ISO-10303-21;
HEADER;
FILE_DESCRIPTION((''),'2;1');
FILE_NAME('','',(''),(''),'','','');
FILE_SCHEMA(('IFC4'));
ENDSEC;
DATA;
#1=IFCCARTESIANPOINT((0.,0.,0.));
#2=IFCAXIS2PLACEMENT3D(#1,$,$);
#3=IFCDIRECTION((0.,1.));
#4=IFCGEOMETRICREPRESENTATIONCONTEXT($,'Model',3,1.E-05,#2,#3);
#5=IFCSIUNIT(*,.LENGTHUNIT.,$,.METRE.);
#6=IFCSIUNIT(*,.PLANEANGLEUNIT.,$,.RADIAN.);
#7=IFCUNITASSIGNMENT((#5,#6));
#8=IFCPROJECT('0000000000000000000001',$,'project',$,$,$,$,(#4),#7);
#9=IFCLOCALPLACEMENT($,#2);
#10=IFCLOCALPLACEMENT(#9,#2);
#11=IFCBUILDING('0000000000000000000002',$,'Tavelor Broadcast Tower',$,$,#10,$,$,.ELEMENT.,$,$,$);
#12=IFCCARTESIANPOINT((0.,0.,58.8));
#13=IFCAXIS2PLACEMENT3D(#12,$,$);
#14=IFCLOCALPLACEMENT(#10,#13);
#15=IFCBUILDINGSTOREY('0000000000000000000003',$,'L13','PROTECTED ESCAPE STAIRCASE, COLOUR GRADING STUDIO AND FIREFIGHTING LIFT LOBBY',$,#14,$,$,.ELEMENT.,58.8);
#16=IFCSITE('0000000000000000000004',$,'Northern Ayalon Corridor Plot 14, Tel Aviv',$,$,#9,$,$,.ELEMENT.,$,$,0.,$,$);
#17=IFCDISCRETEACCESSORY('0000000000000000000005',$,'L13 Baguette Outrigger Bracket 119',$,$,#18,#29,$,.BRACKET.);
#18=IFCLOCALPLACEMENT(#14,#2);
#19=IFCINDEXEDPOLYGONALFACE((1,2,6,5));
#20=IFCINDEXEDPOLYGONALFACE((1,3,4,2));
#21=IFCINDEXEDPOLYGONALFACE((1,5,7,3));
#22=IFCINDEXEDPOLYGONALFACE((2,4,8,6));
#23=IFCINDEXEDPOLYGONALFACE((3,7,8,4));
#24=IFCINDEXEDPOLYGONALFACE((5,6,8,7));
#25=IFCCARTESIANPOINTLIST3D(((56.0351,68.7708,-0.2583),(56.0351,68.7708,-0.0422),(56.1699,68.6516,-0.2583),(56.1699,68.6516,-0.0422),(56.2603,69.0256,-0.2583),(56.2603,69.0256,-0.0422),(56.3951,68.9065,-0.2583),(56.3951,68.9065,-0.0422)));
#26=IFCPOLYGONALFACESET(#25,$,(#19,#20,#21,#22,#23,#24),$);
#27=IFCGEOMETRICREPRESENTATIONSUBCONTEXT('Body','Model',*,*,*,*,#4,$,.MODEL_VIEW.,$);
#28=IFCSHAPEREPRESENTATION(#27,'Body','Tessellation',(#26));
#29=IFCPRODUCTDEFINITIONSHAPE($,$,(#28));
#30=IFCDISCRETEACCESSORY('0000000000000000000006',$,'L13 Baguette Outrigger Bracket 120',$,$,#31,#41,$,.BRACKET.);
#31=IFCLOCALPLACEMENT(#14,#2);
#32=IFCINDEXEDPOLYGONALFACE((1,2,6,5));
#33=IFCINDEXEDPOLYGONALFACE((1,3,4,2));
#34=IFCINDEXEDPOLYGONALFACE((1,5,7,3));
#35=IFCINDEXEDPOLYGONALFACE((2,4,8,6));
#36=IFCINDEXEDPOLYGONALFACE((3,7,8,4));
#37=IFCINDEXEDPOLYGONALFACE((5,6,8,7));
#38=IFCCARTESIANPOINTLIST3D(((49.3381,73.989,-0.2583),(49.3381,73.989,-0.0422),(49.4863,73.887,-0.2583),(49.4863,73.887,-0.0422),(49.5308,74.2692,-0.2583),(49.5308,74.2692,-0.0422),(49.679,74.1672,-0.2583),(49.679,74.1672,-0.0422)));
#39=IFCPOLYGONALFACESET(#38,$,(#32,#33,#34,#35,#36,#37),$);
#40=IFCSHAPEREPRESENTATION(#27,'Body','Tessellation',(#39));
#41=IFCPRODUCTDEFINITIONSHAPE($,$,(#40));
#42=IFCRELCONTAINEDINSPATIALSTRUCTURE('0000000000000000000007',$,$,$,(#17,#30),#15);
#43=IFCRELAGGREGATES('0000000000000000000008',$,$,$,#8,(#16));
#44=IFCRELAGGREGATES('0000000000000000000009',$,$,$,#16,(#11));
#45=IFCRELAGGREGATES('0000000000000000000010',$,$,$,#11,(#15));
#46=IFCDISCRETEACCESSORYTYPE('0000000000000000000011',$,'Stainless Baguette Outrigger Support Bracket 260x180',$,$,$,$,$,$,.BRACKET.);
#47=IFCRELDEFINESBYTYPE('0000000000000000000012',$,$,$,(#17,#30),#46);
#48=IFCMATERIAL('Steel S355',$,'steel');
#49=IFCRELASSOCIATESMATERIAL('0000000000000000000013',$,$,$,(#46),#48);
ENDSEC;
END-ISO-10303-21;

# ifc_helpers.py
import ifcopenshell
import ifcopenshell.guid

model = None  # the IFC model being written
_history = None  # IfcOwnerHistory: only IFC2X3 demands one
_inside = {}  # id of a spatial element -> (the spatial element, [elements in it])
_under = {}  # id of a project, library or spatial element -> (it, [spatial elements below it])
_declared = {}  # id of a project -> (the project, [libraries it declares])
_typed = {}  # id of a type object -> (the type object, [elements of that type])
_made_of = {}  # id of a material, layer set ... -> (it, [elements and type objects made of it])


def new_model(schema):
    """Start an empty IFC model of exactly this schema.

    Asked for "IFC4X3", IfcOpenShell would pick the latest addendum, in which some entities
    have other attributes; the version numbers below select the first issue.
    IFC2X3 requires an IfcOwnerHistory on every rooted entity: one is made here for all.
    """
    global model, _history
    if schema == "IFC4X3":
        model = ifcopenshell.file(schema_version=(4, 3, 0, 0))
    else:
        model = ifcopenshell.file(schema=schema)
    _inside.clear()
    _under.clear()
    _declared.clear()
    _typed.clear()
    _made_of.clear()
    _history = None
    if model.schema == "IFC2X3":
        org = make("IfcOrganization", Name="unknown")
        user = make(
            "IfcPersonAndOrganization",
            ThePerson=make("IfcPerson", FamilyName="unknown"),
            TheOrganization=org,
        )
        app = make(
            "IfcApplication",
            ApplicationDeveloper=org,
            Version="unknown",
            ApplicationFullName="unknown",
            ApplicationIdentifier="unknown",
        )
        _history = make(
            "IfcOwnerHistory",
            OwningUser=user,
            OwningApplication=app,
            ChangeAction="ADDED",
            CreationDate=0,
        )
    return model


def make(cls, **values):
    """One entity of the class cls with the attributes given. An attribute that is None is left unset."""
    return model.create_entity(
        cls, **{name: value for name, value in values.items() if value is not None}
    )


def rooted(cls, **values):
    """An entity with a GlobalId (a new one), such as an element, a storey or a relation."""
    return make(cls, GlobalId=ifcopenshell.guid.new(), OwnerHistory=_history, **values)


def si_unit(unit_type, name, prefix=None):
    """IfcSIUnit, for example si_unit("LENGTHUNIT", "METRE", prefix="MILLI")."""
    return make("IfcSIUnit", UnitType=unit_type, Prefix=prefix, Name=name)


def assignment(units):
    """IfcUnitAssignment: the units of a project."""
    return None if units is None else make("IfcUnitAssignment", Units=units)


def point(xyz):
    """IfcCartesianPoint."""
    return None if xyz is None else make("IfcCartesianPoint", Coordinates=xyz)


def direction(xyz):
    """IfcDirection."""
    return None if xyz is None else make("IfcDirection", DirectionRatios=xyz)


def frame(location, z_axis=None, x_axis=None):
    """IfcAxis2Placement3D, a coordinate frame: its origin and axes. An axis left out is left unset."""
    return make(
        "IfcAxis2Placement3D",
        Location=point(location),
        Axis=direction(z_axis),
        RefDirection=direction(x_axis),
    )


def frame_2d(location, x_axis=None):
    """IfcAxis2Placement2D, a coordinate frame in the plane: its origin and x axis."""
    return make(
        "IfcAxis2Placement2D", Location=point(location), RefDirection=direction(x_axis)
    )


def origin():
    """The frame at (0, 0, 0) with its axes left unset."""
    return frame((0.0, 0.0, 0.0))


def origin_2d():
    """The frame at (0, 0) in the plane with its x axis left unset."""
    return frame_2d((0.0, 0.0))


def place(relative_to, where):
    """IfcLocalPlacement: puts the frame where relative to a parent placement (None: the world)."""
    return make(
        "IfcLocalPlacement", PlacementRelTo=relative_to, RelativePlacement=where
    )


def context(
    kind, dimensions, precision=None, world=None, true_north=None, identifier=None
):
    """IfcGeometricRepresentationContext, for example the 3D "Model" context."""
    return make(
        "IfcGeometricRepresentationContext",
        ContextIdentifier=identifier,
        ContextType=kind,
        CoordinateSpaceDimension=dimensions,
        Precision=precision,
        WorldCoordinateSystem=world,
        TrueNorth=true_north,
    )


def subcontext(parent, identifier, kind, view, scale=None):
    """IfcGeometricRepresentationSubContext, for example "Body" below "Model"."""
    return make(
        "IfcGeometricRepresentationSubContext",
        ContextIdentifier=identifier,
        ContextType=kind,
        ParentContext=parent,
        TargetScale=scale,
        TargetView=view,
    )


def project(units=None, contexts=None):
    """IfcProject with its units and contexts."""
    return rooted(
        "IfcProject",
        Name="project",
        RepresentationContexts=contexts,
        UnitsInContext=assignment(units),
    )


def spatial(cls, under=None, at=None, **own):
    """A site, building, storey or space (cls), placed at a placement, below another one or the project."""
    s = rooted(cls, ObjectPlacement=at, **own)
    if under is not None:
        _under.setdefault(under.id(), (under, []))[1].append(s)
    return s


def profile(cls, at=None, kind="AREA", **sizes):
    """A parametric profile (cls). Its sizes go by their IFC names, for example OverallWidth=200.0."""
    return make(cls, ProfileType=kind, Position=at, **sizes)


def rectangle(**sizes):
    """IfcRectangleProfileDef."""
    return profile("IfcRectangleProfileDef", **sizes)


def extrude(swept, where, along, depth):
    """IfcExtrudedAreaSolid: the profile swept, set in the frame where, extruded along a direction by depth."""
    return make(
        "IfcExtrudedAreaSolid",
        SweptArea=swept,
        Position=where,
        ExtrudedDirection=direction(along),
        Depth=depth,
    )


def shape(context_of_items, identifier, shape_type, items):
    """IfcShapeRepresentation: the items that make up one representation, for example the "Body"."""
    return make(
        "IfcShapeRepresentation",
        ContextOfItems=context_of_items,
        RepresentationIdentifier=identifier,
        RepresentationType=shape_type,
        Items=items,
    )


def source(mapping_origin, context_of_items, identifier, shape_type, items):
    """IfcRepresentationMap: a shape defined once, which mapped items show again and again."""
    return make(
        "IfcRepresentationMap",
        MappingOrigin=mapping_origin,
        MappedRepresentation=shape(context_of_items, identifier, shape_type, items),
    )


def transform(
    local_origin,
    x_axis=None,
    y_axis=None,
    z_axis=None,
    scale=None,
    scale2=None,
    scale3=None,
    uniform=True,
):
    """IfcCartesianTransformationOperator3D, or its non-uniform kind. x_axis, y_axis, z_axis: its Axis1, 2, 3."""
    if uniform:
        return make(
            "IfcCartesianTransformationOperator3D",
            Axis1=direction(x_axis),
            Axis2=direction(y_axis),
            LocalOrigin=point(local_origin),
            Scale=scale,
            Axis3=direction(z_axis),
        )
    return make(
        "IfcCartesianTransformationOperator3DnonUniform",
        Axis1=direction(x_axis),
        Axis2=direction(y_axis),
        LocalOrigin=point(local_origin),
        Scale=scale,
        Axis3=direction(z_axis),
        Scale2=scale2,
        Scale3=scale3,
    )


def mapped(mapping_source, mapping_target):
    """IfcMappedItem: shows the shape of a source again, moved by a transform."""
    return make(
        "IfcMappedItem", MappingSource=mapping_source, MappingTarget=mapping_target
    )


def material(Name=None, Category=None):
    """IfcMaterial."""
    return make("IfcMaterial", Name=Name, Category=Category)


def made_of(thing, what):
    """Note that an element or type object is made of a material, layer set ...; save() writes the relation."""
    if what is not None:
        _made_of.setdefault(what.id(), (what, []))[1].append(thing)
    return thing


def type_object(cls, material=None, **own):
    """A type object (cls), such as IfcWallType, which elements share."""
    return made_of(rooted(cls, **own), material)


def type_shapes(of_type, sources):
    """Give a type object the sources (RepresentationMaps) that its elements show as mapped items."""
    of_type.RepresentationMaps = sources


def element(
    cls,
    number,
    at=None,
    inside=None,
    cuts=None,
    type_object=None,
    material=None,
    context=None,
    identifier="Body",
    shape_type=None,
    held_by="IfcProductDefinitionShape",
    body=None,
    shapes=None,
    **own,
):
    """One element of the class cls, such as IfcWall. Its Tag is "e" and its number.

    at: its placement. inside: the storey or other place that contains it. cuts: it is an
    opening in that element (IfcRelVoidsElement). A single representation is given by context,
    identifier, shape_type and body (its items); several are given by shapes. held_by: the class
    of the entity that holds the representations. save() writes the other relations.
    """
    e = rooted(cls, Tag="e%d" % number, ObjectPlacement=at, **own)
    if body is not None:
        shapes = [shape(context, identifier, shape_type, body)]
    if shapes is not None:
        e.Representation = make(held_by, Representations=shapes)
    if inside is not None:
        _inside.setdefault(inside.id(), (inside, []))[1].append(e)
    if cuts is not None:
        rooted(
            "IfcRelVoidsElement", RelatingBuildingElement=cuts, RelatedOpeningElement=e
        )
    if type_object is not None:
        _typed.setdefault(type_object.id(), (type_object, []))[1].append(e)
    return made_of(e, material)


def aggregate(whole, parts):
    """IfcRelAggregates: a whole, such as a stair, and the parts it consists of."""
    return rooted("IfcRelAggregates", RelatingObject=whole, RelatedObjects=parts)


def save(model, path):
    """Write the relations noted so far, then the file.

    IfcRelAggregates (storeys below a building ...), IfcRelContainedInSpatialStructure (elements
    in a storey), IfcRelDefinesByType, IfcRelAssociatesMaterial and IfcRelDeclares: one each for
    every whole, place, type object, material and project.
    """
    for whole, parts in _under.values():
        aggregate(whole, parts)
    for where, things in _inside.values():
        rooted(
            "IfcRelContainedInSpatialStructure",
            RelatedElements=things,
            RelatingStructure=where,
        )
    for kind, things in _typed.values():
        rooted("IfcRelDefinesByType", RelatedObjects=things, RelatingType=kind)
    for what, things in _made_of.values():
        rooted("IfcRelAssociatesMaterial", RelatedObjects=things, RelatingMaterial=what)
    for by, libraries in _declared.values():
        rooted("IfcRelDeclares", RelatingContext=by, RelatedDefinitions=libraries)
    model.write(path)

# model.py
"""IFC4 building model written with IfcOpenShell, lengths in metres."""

from ifc_helpers import new_model, si_unit, direction, frame, origin, origin_2d, place, context, subcontext, project, spatial, rectangle, extrude, source, transform, mapped, material, type_object, type_shapes, element, save


model = new_model("IFC4")

# Units and contexts
model_context = context("Model", 3, precision=1e-05, world=origin(), true_north=direction((0.0, 1.0)))
body_context = subcontext(model_context, "Body", "Model", "MODEL_VIEW")
ifc_project = project(units=[si_unit("LENGTHUNIT", "METRE"), si_unit("PLANEANGLEUNIT", "RADIAN")], contexts=[model_context])

# Site, building, storey
site_placement = place(None, origin())
site = spatial("IfcSite", under=ifc_project, at=site_placement, Name="Northern Ayalon Corridor Plot 14, Tel Aviv", CompositionType="ELEMENT", RefElevation=0.0)
building_placement = place(site_placement, origin())
building = spatial("IfcBuilding", under=site, at=building_placement, Name="Tavelor Broadcast Tower", CompositionType="ELEMENT")
storey_placement = place(building_placement, frame((0.0, 0.0, 58.8)))
storey = spatial("IfcBuildingStorey", under=building, at=storey_placement, Name="L13", Description="PROTECTED ESCAPE STAIRCASE, COLOUR GRADING STUDIO AND FIREFIGHTING LIFT LOBBY", CompositionType="ELEMENT", Elevation=58.8)

# Shared definitions
ifc_material_1 = material(Name="Steel S355", Category="steel")

# Discrete accessories
discrete_accessory_type = type_object("IfcDiscreteAccessoryType", Name="Stainless Baguette Outrigger Support Bracket 260x180", PredefinedType="BRACKET", material=ifc_material_1)
shared_shape_1 = source(origin(), body_context, "Body", "SweptSolid", [
    extrude(rectangle(XDim=0.1799, YDim=0.3401, at=origin_2d()), origin(), (0.0, 0.0, 1.0), 0.2161),
])
type_shapes(discrete_accessory_type, [shared_shape_1])
for number, where, z_axis, x_axis, name in (
    (1, (56.2151, 68.8386, -0.2583), (0.0, 0.0, 1.0), (-0.749303, 0.662228, 0.0), "L13 Baguette Outrigger Bracket 119"),
    (2, (49.5085, 74.0781, -0.2583), (0.0, 0.0, 1.0), (-0.823928, 0.566694, 0.0), "L13 Baguette Outrigger Bracket 120"),
):
    element("IfcDiscreteAccessory", number, at=place(storey_placement, frame(where, z_axis=z_axis, x_axis=x_axis)), inside=storey, type_object=discrete_accessory_type, Name=name, PredefinedType="BRACKET", context=body_context, shape_type="MappedRepresentation", body=[
        mapped(shared_shape_1, transform((0.0, 0.0, 0.0), scale=1.0)),
    ])

save(model, "model.ifc")
